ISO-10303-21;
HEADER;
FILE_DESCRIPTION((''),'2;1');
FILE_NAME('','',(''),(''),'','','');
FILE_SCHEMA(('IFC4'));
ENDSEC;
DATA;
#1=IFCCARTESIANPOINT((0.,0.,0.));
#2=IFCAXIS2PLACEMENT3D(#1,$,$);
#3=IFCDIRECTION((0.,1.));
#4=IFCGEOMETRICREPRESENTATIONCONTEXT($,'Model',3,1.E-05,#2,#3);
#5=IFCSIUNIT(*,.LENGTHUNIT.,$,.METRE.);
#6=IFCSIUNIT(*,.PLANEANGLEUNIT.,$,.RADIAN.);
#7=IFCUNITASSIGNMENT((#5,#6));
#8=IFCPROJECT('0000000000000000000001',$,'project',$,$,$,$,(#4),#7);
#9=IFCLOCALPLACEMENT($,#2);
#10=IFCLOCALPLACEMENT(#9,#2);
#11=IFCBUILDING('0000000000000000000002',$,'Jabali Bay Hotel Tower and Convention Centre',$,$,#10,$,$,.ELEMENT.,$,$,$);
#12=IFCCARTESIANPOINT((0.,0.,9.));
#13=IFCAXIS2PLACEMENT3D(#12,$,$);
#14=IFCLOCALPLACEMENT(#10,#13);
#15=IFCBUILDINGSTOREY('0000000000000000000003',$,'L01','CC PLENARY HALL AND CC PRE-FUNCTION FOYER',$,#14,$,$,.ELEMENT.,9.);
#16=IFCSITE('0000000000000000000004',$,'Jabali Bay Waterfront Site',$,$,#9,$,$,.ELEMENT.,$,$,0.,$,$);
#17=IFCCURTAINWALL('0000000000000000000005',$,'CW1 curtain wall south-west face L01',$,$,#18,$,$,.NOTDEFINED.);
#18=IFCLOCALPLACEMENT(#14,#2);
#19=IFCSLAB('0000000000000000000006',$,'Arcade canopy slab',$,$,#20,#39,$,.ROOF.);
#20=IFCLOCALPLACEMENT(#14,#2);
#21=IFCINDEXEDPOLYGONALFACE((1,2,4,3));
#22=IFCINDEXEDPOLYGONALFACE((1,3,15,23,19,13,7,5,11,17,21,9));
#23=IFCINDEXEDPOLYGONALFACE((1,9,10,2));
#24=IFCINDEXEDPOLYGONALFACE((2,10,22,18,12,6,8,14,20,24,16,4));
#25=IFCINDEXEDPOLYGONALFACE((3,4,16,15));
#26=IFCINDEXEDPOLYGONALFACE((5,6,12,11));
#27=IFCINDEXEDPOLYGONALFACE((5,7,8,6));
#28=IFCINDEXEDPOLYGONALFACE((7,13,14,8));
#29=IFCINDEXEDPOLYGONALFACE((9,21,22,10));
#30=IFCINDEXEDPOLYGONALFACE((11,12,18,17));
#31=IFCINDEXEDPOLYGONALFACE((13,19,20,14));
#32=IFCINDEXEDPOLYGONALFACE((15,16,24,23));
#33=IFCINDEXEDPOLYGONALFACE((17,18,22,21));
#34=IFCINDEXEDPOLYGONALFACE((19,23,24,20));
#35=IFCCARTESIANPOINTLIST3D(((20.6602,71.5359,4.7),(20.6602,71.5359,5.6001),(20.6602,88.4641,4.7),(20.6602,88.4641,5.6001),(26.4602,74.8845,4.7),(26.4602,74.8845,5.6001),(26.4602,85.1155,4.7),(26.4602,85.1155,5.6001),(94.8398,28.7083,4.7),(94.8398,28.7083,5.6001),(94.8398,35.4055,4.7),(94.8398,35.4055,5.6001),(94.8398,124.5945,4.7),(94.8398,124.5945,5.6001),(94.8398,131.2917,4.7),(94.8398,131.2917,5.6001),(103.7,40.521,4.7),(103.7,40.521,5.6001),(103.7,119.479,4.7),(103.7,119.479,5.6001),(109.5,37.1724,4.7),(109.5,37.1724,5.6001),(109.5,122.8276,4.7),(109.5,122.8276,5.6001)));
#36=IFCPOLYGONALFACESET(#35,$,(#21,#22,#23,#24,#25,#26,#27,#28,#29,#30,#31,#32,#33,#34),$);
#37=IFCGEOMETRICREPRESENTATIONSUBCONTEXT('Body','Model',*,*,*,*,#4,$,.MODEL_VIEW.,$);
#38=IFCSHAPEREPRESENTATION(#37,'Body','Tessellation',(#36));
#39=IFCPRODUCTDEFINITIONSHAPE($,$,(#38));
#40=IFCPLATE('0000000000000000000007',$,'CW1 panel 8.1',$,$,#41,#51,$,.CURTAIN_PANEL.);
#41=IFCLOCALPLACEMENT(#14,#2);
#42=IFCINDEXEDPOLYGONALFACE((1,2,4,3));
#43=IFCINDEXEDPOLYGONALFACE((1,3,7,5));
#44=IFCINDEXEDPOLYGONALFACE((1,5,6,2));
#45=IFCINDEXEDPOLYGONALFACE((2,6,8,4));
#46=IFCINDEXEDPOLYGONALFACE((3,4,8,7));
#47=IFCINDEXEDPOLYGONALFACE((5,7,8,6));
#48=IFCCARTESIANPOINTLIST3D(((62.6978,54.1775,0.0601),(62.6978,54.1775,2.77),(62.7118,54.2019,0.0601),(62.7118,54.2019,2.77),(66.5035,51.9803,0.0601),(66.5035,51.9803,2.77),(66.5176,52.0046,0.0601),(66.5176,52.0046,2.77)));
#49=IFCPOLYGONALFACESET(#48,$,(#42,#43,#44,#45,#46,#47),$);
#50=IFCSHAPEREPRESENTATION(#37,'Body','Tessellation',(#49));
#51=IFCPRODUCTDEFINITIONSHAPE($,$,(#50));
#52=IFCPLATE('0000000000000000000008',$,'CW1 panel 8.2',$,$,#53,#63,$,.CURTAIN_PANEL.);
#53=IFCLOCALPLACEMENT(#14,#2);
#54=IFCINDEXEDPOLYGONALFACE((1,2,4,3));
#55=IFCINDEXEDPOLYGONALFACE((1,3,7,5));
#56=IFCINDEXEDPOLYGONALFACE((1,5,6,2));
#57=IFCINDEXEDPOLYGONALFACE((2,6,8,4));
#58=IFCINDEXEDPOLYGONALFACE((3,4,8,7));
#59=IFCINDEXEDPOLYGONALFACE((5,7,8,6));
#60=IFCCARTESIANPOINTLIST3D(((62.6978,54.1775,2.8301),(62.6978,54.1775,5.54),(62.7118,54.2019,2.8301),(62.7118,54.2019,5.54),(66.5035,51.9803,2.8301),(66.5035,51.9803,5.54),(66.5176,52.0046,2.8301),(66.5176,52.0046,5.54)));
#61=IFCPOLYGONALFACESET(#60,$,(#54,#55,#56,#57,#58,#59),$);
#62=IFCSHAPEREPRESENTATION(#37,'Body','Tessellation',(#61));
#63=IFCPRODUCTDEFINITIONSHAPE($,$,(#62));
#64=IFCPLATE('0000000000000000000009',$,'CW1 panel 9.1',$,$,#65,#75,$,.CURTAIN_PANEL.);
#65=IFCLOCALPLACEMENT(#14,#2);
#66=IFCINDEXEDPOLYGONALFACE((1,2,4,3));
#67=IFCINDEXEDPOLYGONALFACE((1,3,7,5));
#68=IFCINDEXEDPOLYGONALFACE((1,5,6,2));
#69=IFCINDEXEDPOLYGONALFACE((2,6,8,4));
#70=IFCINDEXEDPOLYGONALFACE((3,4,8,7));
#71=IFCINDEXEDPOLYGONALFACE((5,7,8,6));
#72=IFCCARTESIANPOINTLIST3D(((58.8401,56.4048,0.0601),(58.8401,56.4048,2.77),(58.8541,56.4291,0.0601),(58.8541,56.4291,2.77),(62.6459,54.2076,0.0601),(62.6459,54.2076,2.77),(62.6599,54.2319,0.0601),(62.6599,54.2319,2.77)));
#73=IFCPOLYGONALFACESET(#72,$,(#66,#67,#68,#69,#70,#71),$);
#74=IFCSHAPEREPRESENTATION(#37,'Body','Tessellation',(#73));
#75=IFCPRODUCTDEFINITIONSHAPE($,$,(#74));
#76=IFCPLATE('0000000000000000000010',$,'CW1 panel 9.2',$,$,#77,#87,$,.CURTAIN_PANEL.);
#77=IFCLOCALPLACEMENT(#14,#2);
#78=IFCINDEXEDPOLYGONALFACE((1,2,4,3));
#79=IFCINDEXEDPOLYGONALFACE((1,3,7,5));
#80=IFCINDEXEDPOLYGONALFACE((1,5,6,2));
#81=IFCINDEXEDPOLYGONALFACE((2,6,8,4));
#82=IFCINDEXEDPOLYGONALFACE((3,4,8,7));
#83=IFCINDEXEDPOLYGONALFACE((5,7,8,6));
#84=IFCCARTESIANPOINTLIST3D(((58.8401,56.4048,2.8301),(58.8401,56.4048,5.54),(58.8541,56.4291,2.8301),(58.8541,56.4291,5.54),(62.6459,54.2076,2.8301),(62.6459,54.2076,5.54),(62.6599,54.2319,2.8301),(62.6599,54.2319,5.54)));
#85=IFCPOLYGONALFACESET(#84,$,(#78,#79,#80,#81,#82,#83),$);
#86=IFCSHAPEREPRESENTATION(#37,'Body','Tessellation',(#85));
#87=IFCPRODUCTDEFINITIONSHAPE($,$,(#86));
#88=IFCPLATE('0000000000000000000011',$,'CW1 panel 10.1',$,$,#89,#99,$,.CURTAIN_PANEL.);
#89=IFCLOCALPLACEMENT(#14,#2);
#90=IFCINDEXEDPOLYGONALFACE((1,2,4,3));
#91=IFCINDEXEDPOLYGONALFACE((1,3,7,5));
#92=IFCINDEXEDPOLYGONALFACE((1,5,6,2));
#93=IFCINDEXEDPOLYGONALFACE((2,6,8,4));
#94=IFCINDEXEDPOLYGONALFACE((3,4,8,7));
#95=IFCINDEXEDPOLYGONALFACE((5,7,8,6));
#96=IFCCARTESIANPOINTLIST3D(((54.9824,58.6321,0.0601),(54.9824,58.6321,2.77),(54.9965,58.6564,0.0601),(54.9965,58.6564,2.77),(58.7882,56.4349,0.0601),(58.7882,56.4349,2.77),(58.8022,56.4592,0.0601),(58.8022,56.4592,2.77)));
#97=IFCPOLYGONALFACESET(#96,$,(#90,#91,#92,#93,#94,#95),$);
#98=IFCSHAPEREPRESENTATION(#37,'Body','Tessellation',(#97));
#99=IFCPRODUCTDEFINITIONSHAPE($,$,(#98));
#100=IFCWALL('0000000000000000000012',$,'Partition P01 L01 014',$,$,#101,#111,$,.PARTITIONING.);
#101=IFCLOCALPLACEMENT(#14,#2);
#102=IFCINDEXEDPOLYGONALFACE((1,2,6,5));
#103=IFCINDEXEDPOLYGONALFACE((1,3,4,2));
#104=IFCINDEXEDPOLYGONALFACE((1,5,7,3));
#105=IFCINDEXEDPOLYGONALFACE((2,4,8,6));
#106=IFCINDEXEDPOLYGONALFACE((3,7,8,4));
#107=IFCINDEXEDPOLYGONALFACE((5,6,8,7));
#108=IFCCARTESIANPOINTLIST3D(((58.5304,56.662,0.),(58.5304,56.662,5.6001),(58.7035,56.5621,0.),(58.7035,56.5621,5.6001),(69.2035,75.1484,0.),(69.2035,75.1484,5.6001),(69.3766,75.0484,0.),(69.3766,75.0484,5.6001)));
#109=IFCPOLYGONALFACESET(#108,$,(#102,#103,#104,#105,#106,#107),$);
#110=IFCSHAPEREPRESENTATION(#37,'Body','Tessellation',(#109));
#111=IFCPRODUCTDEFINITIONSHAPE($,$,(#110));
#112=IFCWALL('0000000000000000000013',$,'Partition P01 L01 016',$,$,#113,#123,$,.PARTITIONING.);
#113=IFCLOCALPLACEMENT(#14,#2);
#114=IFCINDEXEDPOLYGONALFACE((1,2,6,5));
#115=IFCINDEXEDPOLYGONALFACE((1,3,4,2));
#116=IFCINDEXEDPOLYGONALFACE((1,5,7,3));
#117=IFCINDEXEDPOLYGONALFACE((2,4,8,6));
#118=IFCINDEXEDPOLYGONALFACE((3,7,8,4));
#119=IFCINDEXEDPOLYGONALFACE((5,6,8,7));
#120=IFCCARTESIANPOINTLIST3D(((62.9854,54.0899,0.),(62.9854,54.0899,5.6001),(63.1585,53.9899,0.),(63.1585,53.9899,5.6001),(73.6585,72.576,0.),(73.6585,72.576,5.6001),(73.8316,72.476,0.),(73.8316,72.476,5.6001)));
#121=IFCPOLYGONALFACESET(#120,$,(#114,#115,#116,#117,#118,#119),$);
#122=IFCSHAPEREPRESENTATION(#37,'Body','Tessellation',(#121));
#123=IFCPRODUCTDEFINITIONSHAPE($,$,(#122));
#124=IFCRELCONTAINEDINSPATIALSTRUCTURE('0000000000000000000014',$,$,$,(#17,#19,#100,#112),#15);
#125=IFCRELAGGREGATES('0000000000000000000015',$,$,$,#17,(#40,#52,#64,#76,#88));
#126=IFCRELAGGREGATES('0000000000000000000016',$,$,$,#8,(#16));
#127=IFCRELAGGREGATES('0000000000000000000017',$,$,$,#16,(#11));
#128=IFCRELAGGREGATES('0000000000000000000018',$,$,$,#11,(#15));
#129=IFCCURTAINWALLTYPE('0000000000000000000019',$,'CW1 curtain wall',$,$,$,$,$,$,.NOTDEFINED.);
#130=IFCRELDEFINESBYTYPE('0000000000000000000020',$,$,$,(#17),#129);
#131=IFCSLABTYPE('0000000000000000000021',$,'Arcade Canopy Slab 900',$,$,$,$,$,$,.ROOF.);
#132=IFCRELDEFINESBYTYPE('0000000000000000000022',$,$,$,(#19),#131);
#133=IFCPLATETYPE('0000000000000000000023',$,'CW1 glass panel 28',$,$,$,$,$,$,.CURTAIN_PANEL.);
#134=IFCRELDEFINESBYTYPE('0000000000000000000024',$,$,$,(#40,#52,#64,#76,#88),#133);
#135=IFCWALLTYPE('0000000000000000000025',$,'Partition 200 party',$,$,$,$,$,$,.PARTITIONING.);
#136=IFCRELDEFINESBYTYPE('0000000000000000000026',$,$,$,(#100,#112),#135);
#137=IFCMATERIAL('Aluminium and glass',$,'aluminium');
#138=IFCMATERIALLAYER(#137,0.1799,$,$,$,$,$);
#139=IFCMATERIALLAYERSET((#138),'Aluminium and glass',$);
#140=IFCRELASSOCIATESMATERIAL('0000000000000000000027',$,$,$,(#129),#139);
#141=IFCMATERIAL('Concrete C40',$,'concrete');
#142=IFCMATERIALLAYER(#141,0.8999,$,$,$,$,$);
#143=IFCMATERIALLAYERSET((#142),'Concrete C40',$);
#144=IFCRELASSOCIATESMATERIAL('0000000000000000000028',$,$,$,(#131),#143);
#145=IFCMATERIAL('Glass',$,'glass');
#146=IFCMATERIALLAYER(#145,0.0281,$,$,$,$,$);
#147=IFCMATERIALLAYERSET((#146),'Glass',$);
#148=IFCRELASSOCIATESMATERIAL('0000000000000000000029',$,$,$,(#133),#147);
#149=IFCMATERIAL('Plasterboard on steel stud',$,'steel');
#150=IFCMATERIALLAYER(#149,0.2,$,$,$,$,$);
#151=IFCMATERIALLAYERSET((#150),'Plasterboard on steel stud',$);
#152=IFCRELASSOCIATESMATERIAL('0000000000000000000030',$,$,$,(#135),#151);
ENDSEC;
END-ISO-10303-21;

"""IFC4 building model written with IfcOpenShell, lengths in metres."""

from ifc_helpers import new_model, si_unit, direction, frame, frame_2d, origin, origin_2d, place, context, subcontext, project, spatial, polyline, rectangle, outline, extrude, material, layer, layer_set, type_object, element, aggregate, save


model = new_model("IFC4")

# Units and contexts
model_context = context("Model", 3, precision=1e-05, world=origin(), true_north=direction((0.0, 1.0)))
body_context = subcontext(model_context, "Body", "Model", "MODEL_VIEW")
ifc_project = project(units=[si_unit("LENGTHUNIT", "METRE"), si_unit("PLANEANGLEUNIT", "RADIAN")], contexts=[model_context])

# Site, building, storey
site_placement = place(None, origin())
site = spatial("IfcSite", under=ifc_project, at=site_placement, Name="Jabali Bay Waterfront Site", CompositionType="ELEMENT", RefElevation=0.0)
building_placement = place(site_placement, origin())
building = spatial("IfcBuilding", under=site, at=building_placement, Name="Jabali Bay Hotel Tower and Convention Centre", CompositionType="ELEMENT")
storey_placement = place(building_placement, frame((0.0, 0.0, 9.0)))
storey = spatial("IfcBuildingStorey", under=building, at=storey_placement, Name="L01", Description="CC PLENARY HALL AND CC PRE-FUNCTION FOYER", CompositionType="ELEMENT", Elevation=9.0)

# Shared definitions
ifc_material_1 = material(Name="Concrete C40", Category="concrete")

# Curtain wall
ifc_material_2 = material(Name="Aluminium and glass", Category="aluminium")
ifc_layer_1 = layer(ifc_material_2, 0.1799)
ifc_layer_set_1 = layer_set([ifc_layer_1], Name="Aluminium and glass")
curtain_wall_type = type_object("IfcCurtainWallType", Name="CW1 curtain wall", PredefinedType="NOTDEFINED", material=ifc_layer_set_1)
curtain_wall_placement = place(storey_placement, origin())
curtain_wall = element("IfcCurtainWall", 1, at=curtain_wall_placement, inside=storey, type_object=curtain_wall_type, Name="CW1 curtain wall south-west face L01", PredefinedType="NOTDEFINED")

# Slab
ifc_layer_2 = layer(ifc_material_1, 0.8999)
ifc_layer_set_2 = layer_set([ifc_layer_2], Name="Concrete C40")
slab_type_1 = type_object("IfcSlabType", Name="Arcade Canopy Slab 900", PredefinedType="ROOF", material=ifc_layer_set_2)
slab_1_placement = place(storey_placement, frame((0.0, 0.0, 4.7)))
element("IfcSlab", 2, at=slab_1_placement, inside=storey, type_object=slab_type_1, Name="Arcade canopy slab", PredefinedType="ROOF", context=body_context, shape_type="SweptSolid", body=[
    extrude(outline(polyline([(109.5, 122.8276), (94.8398, 131.2917), (20.6602, 88.4641), (20.6602, 71.5359), (94.8398, 28.7083), (109.5, 37.1724), (103.7, 40.521), (94.8398, 35.4055), (26.4602, 74.8845), (26.4602, 85.1155), (94.8398, 124.5945), (103.7, 119.479), (109.5, 122.8276)])), origin(), (0.0, 0.0, 1.0), 0.9001),
])

# Plates
ifc_material_3 = material(Name="Glass", Category="glass")
ifc_layer_3 = layer(ifc_material_3, 0.0281)
ifc_layer_set_3 = layer_set([ifc_layer_3], Name="Glass")
plate_type = type_object("IfcPlateType", Name="CW1 glass panel 28", PredefinedType="CURTAIN_PANEL", material=ifc_layer_set_3)
plate_1_placement = place(storey_placement, frame((64.6077, 53.0911, 0.0601), z_axis=(0.0, 0.0, 1.0), x_axis=(-0.866025, 0.5, 0.0)))
plate_1 = element("IfcPlate", 3, at=plate_1_placement, type_object=plate_type, Name="CW1 panel 8.1", PredefinedType="CURTAIN_PANEL", context=body_context, shape_type="SweptSolid", body=[
    extrude(rectangle(XDim=4.3945, YDim=0.0281, at=origin_2d()), origin(), (0.0, 0.0, 1.0), 2.71),
])
plate_2_placement = place(storey_placement, frame((64.6077, 53.0911, 2.8301), z_axis=(0.0, 0.0, 1.0), x_axis=(-0.866025, 0.5, 0.0)))
plate_2 = element("IfcPlate", 4, at=plate_2_placement, type_object=plate_type, Name="CW1 panel 8.2", PredefinedType="CURTAIN_PANEL", context=body_context, shape_type="SweptSolid", body=[
    extrude(rectangle(XDim=4.3945, YDim=0.0281, at=origin_2d()), origin(), (0.0, 0.0, 1.0), 2.71),
])
plate_3_placement = place(storey_placement, frame((60.75, 55.3184, 0.0601), z_axis=(0.0, 0.0, 1.0), x_axis=(-0.866025, 0.5, 0.0)))
plate_3 = element("IfcPlate", 5, at=plate_3_placement, type_object=plate_type, Name="CW1 panel 9.1", PredefinedType="CURTAIN_PANEL", context=body_context, shape_type="SweptSolid", body=[
    extrude(rectangle(XDim=4.3945, YDim=0.0281, at=origin_2d()), origin(), (0.0, 0.0, 1.0), 2.71),
])
plate_4_placement = place(storey_placement, frame((60.75, 55.3184, 2.8301), z_axis=(0.0, 0.0, 1.0), x_axis=(-0.866025, 0.5, 0.0)))
plate_4 = element("IfcPlate", 6, at=plate_4_placement, type_object=plate_type, Name="CW1 panel 9.2", PredefinedType="CURTAIN_PANEL", context=body_context, shape_type="SweptSolid", body=[
    extrude(rectangle(XDim=4.3945, YDim=0.0281, at=origin_2d()), origin(), (0.0, 0.0, 1.0), 2.71),
])
plate_5_placement = place(storey_placement, frame((56.8923, 57.5457, 0.0601), z_axis=(0.0, 0.0, 1.0), x_axis=(-0.866025, 0.5, 0.0)))
plate_5 = element("IfcPlate", 7, at=plate_5_placement, type_object=plate_type, Name="CW1 panel 10.1", PredefinedType="CURTAIN_PANEL", context=body_context, shape_type="SweptSolid", body=[
    extrude(rectangle(XDim=4.3945, YDim=0.0281, at=origin_2d()), origin(), (0.0, 0.0, 1.0), 2.71),
])
aggregate(curtain_wall, [plate_1, plate_2, plate_3, plate_4, plate_5])

# Walls
ifc_material_4 = material(Name="Plasterboard on steel stud", Category="steel")
ifc_layer_4 = layer(ifc_material_4, 0.2)
ifc_layer_set_4 = layer_set([ifc_layer_4], Name="Plasterboard on steel stud")
wall_type = type_object("IfcWallType", Name="Partition 200 party", PredefinedType="PARTITIONING", material=ifc_layer_set_4)
wall_1_placement = place(storey_placement, frame((58.6169, 56.6121, 0.0), z_axis=(0.0, 0.0, 1.0), x_axis=(0.5, 0.866025, 0.0)))
element("IfcWall", 8, at=wall_1_placement, inside=storey, type_object=wall_type, Name="Partition P01 L01 014", PredefinedType="PARTITIONING", context=body_context, shape_type="SweptSolid", body=[
    extrude(rectangle(XDim=21.3462, YDim=0.2, at=frame_2d((10.6731, 0.0))), origin(), (0.0, 0.0, 1.0), 5.6001),
])
wall_2_placement = place(storey_placement, frame((63.072, 54.04, 0.0), z_axis=(0.0, 0.0, 1.0), x_axis=(0.500005, 0.866022, 0.0)))
element("IfcWall", 9, at=wall_2_placement, inside=storey, type_object=wall_type, Name="Partition P01 L01 016", PredefinedType="PARTITIONING", context=body_context, shape_type="SweptSolid", body=[
    extrude(rectangle(XDim=21.3459, YDim=0.2, at=frame_2d((10.6729, 0.0))), origin(), (0.0, 0.0, 1.0), 5.6001),
])

save(model, "model.ifc")
